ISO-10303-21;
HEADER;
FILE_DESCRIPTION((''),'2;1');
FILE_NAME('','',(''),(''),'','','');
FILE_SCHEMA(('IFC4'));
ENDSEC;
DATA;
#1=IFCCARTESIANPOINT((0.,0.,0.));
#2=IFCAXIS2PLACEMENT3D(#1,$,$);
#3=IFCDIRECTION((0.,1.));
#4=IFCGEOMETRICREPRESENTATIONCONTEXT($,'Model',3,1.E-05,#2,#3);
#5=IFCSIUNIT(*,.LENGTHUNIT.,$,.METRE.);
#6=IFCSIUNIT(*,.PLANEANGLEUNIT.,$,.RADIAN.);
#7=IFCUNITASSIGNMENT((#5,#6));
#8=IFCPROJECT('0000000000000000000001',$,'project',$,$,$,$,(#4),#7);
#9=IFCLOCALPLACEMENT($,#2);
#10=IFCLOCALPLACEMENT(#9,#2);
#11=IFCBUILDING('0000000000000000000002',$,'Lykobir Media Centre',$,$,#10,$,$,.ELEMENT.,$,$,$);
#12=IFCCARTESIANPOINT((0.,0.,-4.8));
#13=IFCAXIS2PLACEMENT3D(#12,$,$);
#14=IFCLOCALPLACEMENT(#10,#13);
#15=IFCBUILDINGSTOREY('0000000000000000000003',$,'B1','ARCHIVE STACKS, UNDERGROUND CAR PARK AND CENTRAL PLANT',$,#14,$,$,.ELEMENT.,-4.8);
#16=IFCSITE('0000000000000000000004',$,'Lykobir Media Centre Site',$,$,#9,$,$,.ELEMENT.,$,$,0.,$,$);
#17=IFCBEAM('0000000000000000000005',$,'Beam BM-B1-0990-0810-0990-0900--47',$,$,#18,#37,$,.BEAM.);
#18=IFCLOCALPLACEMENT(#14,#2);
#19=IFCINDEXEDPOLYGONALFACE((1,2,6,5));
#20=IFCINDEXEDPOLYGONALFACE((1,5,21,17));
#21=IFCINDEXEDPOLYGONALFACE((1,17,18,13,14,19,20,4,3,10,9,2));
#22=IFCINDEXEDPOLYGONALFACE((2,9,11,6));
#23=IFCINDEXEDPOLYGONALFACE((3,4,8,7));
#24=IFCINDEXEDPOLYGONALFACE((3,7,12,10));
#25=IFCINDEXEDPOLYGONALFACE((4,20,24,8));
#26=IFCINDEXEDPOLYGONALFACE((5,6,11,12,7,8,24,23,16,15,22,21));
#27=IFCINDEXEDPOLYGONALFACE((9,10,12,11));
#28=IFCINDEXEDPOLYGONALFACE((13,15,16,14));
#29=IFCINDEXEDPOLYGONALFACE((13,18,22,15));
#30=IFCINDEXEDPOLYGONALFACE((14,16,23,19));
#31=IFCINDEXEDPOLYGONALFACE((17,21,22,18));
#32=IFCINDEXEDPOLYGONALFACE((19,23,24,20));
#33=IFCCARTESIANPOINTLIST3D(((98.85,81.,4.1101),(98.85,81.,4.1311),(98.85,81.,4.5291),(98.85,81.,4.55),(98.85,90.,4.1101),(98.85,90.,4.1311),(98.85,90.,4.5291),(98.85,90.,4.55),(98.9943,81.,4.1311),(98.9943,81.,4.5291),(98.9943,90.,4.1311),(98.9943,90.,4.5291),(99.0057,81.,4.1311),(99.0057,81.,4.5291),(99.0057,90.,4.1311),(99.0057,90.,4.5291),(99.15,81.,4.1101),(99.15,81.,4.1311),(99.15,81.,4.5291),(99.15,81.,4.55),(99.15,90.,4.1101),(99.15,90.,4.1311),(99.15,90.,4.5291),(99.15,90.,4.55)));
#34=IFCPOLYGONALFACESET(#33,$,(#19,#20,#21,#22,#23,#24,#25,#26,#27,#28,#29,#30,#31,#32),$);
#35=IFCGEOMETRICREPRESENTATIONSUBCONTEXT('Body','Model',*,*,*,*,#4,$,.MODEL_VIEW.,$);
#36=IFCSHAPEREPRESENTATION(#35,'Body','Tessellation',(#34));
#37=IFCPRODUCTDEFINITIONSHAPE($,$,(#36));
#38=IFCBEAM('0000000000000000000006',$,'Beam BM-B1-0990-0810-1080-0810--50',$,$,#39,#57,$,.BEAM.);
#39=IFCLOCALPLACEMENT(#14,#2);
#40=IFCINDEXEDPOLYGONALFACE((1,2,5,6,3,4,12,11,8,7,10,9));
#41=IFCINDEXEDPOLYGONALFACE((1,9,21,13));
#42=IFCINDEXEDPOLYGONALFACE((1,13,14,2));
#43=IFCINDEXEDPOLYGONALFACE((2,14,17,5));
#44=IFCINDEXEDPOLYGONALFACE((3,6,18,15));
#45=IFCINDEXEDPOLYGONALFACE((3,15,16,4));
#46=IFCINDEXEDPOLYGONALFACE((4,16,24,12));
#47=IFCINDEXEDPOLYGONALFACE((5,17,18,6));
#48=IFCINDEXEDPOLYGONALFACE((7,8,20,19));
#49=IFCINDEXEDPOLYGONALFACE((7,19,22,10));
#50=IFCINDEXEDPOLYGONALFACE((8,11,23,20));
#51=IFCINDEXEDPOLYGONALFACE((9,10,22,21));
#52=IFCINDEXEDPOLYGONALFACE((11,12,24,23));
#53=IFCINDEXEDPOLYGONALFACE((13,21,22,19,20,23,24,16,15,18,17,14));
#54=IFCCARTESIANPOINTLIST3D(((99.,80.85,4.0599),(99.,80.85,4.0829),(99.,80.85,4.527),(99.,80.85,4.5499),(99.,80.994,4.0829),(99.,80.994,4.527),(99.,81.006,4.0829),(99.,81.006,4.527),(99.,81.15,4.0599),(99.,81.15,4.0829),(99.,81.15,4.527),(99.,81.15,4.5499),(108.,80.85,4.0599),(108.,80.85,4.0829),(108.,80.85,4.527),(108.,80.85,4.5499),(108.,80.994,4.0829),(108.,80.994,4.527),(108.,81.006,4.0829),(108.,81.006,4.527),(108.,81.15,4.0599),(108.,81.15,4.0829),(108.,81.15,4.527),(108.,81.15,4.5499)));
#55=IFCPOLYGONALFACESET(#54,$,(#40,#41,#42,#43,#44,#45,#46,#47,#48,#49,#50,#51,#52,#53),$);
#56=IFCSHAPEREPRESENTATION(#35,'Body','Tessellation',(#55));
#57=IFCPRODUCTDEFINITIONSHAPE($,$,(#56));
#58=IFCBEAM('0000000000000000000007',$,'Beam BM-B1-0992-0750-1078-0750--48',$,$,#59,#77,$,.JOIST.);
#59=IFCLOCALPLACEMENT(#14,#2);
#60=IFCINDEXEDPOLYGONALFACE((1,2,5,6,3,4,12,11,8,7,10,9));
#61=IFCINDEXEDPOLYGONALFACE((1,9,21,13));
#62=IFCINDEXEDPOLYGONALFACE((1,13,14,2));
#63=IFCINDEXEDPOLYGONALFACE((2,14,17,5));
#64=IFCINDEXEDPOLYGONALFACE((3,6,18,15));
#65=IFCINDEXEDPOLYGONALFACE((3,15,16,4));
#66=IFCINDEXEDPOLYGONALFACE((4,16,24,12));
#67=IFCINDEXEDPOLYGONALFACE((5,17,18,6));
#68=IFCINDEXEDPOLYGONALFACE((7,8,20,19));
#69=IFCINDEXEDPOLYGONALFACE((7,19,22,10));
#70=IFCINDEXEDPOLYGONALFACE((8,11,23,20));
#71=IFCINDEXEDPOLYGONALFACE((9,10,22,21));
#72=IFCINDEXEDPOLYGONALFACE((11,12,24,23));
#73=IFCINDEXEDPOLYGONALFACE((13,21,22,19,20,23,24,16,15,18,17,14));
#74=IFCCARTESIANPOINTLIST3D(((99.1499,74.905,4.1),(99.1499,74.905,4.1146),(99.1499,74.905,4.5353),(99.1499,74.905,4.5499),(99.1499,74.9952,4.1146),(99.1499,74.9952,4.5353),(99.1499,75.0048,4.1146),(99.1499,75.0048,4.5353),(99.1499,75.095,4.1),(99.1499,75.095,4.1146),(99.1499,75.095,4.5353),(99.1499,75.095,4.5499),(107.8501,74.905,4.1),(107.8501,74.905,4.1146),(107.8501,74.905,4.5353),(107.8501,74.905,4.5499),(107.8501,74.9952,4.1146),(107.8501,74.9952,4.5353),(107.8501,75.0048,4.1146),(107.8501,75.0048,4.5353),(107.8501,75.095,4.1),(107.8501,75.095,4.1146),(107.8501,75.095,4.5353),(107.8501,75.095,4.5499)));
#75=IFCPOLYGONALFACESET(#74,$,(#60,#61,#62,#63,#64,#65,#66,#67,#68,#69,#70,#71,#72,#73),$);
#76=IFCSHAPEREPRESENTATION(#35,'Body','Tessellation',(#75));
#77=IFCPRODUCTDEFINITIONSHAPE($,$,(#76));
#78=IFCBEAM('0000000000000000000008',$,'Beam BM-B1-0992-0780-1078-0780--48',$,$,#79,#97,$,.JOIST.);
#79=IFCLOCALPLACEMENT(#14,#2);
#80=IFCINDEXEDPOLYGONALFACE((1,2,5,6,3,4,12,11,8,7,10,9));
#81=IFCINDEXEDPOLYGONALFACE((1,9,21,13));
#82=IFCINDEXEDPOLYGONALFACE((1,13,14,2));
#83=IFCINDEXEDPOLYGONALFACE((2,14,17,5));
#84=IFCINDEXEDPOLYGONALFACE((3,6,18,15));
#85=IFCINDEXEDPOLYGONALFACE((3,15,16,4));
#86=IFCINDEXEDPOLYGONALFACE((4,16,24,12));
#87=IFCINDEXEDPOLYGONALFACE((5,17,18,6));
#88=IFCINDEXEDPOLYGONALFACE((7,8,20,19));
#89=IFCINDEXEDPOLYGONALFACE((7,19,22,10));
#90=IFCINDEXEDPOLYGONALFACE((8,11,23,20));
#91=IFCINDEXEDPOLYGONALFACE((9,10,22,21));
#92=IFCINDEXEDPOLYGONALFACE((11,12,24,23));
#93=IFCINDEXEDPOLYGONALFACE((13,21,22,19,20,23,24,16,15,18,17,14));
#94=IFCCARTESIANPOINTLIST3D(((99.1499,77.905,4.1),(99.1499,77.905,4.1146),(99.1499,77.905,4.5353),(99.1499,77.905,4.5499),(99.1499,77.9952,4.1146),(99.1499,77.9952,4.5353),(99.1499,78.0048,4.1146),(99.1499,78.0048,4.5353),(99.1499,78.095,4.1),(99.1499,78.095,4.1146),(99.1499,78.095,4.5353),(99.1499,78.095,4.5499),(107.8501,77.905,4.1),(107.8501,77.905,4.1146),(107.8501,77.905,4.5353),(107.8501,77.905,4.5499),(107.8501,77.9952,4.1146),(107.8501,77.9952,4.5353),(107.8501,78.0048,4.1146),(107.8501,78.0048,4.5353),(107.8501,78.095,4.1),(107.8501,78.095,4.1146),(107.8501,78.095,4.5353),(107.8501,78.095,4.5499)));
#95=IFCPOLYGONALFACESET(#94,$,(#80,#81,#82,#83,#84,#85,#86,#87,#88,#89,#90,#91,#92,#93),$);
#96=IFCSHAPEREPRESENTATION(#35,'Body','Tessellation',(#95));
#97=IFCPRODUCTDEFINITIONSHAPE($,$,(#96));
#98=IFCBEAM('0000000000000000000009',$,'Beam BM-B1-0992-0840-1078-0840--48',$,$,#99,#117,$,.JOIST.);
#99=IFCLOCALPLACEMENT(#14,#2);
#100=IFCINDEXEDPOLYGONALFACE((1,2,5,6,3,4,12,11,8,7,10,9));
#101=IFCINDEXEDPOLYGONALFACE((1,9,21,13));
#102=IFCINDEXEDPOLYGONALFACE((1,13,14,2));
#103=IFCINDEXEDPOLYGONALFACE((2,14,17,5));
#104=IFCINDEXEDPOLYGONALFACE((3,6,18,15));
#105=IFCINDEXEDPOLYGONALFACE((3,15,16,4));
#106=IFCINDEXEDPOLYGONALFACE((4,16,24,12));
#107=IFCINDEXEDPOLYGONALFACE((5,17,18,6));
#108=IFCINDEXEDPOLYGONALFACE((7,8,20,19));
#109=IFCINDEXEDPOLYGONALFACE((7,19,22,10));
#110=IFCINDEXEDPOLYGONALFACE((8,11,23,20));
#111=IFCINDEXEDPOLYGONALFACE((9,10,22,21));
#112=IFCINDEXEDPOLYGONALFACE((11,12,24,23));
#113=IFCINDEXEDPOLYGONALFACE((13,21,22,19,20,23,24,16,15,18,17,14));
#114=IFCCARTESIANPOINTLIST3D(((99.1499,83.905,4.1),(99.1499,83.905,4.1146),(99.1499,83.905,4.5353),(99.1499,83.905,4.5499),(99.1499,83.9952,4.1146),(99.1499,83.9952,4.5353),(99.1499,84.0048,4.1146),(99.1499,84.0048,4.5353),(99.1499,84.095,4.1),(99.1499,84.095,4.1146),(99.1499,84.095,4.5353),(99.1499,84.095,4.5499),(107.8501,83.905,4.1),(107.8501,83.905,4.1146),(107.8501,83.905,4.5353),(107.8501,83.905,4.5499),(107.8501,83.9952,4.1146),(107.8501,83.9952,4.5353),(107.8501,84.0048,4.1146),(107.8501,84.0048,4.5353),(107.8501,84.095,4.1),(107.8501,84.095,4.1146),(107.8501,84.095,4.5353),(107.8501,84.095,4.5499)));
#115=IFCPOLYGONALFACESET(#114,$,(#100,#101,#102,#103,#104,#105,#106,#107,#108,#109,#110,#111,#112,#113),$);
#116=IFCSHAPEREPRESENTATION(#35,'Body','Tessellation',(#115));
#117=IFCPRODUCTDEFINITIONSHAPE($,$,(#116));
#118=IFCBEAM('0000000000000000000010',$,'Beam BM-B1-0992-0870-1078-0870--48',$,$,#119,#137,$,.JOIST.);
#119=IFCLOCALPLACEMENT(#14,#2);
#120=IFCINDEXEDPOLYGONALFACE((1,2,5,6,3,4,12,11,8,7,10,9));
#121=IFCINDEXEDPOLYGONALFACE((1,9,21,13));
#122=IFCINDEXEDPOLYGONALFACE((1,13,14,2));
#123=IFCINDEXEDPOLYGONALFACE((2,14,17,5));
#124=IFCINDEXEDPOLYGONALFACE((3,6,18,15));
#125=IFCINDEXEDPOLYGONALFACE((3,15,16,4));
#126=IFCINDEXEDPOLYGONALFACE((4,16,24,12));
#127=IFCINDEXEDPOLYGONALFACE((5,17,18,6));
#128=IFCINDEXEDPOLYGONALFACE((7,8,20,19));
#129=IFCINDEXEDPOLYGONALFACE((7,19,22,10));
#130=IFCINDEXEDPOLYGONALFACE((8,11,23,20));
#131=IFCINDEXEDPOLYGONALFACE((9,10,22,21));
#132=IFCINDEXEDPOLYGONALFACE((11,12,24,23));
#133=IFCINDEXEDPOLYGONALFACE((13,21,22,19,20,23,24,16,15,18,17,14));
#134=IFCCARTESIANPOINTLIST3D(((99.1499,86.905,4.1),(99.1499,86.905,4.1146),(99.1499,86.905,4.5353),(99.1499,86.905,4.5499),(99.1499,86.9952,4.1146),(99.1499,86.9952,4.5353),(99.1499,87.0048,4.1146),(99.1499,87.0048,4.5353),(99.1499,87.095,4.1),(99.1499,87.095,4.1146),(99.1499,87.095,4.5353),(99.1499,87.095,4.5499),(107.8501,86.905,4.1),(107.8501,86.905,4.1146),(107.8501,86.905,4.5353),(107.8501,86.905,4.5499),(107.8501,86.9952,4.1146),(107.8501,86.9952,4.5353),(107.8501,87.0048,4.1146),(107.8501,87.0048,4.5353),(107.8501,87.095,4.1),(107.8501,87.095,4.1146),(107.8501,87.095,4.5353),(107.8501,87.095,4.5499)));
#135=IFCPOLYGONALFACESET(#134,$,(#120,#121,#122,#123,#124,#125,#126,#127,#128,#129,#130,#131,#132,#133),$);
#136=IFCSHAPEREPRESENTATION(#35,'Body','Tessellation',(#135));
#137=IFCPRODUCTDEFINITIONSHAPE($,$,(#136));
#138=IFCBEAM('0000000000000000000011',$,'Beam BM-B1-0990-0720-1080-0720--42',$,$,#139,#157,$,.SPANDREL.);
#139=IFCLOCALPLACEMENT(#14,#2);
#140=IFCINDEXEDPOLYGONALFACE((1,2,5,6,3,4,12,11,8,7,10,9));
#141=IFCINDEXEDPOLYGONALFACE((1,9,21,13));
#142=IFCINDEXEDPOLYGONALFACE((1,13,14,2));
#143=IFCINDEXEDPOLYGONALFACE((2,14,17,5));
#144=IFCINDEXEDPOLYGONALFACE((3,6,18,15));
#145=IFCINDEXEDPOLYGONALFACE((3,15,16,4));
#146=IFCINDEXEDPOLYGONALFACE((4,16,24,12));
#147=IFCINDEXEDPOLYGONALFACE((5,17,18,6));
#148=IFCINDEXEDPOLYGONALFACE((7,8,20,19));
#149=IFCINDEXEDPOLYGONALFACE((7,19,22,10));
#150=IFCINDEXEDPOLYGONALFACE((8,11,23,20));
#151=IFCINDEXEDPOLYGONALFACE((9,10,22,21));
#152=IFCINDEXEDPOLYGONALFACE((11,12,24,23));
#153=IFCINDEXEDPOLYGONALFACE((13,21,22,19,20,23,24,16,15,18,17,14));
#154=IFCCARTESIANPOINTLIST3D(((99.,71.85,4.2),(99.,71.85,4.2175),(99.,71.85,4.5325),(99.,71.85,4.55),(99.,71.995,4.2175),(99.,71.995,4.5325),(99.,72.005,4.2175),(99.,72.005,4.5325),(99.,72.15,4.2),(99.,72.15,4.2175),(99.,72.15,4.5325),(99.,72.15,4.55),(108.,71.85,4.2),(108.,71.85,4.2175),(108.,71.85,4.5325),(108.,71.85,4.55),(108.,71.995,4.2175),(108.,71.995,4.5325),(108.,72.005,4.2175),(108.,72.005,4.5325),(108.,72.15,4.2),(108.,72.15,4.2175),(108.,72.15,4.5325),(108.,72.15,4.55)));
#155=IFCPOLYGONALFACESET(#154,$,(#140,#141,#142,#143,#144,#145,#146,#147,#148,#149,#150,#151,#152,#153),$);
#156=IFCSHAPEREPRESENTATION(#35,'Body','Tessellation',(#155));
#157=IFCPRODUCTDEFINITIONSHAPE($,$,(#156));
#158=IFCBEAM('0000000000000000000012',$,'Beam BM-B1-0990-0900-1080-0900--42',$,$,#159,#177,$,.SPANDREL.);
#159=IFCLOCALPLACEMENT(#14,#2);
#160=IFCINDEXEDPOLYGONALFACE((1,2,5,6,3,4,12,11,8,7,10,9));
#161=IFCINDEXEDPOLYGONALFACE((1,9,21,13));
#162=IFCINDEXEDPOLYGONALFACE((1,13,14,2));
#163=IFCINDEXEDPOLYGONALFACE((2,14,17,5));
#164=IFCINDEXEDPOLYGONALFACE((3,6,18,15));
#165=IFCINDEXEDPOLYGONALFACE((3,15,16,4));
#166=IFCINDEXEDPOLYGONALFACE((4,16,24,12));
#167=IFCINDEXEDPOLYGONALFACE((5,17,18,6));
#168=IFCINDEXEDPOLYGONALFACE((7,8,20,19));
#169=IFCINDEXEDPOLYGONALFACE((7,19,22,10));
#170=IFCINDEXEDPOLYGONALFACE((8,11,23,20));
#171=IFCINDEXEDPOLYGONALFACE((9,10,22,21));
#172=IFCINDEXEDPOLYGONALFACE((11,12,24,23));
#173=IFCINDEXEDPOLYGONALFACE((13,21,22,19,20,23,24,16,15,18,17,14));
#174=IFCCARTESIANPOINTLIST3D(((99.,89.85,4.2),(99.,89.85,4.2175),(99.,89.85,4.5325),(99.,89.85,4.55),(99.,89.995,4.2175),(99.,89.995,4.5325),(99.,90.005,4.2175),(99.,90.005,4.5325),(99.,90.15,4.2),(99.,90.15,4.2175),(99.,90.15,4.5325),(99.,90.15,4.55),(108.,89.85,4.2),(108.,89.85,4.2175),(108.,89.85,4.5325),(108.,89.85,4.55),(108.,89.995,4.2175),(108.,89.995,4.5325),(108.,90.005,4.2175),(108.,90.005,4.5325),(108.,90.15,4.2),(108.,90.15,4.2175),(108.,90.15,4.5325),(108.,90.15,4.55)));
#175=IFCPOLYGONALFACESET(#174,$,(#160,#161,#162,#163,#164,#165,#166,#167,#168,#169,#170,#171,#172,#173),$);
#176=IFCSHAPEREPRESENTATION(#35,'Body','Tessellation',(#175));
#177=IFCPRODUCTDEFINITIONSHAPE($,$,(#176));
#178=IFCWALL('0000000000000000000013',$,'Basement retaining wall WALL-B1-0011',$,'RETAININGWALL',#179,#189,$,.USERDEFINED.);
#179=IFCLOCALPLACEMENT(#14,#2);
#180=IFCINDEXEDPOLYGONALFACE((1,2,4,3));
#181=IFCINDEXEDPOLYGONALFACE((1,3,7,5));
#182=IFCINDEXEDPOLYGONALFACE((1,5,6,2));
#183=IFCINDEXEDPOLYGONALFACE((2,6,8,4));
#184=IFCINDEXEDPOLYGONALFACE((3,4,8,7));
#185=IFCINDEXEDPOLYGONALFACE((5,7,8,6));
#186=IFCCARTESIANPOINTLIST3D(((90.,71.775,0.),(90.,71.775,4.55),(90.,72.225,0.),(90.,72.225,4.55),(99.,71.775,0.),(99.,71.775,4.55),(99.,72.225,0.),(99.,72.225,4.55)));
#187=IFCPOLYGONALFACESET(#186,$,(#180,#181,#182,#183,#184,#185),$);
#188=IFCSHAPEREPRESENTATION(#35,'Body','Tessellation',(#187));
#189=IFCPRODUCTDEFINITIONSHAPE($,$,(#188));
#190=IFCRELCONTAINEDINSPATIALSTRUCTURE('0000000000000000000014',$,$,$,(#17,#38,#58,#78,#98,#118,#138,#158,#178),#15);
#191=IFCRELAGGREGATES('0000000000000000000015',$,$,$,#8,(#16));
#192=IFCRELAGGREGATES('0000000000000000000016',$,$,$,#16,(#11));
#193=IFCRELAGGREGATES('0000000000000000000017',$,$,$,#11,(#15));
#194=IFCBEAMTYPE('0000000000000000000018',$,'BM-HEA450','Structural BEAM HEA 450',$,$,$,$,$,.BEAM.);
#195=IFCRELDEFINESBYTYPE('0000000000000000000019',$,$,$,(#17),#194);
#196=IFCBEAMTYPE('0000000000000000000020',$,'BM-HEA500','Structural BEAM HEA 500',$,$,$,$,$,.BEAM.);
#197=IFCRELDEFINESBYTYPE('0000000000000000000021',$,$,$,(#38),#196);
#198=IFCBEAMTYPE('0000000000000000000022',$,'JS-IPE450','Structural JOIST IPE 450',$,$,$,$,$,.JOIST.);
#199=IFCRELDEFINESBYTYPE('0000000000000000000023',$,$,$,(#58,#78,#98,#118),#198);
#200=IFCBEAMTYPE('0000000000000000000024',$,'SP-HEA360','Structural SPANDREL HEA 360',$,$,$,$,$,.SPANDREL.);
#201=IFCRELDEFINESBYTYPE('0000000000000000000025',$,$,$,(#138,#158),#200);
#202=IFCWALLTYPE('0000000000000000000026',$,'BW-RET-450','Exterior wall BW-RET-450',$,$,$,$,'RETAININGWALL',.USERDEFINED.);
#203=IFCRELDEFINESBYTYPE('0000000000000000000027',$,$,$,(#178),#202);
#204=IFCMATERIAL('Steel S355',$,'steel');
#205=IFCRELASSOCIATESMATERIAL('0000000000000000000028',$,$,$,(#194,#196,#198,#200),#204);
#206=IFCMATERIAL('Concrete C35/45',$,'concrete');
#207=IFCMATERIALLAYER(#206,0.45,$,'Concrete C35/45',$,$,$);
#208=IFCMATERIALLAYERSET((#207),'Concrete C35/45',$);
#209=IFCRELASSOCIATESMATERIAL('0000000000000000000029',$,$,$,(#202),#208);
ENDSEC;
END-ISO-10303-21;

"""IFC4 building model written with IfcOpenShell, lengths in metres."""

from ifc_helpers import new_model, si_unit, direction, frame, frame_2d, origin, origin_2d, place, context, subcontext, project, spatial, rectangle, i_section, extrude, material, layer, layer_set, material_profile, profile_set, type_object, element, save


model = new_model("IFC4")

# Units and contexts
model_context = context("Model", 3, precision=1e-05, world=origin(), true_north=direction((0.0, 1.0)))
body_context = subcontext(model_context, "Body", "Model", "MODEL_VIEW")
ifc_project = project(units=[si_unit("LENGTHUNIT", "METRE"), si_unit("PLANEANGLEUNIT", "RADIAN")], contexts=[model_context])

# Site, building, storey
site_placement = place(None, origin())
site = spatial("IfcSite", under=ifc_project, at=site_placement, Name="Lykobir Media Centre Site", CompositionType="ELEMENT", RefElevation=0.0)
building_placement = place(site_placement, origin())
building = spatial("IfcBuilding", under=site, at=building_placement, Name="Lykobir Media Centre", CompositionType="ELEMENT")
storey_placement = place(building_placement, frame((0.0, 0.0, -4.8)))
storey = spatial("IfcBuildingStorey", under=building, at=storey_placement, Name="B1", Description="ARCHIVE STACKS, UNDERGROUND CAR PARK AND CENTRAL PLANT", CompositionType="ELEMENT", Elevation=-4.8)

# Shared definitions
ifc_material_1 = material(Name="Concrete C35/45", Category="concrete")

# Beams
ifc_material_2 = material(Name="Steel S355", Category="steel")
ifc_material_profile_1 = material_profile(ifc_material_2, i_section(OverallWidth=0.3, OverallDepth=0.4399, WebThickness=0.0115, FlangeThickness=0.021, at=origin_2d()), Name="HEA 450")
ifc_profile_set_1 = profile_set([ifc_material_profile_1], Name="Steel S355")
beam_type_1 = type_object("IfcBeamType", Name="BM-HEA450", Description="Structural BEAM HEA 450", PredefinedType="BEAM", material=ifc_profile_set_1)
for number, where, z_axis, x_axis, name in (
    (1, (99.0, 81.0, 4.3301), (0.0, 1.0, 0.0), (-1.0, 0.0, 0.0), "Beam BM-B1-0990-0810-0990-0900--47"),
):
    element("IfcBeam", number, at=place(storey_placement, frame(where, z_axis=z_axis, x_axis=x_axis)), inside=storey, type_object=beam_type_1, Name=name, PredefinedType="BEAM", context=body_context, shape_type="SweptSolid", body=[
        extrude(i_section(OverallWidth=0.3, OverallDepth=0.4399, WebThickness=0.0115, FlangeThickness=0.021, at=origin_2d()), origin(), (0.0, 0.0, 1.0), 9.0),
    ])
ifc_material_profile_2 = material_profile(ifc_material_2, i_section(OverallWidth=0.3, OverallDepth=0.49, WebThickness=0.012, FlangeThickness=0.0229, at=origin_2d()), Name="HEA 500")
ifc_profile_set_2 = profile_set([ifc_material_profile_2], Name="Steel S355")
beam_type_2 = type_object("IfcBeamType", Name="BM-HEA500", Description="Structural BEAM HEA 500", PredefinedType="BEAM", material=ifc_profile_set_2)
beam_placement = place(storey_placement, frame((99.0, 81.0, 4.3049), z_axis=(1.0, 0.0, 0.0), x_axis=(0.0, 1.0, 0.0)))
element("IfcBeam", 2, at=beam_placement, inside=storey, type_object=beam_type_2, Name="Beam BM-B1-0990-0810-1080-0810--50", PredefinedType="BEAM", context=body_context, shape_type="SweptSolid", body=[
    extrude(i_section(OverallWidth=0.3, OverallDepth=0.49, WebThickness=0.012, FlangeThickness=0.0229, at=origin_2d()), origin(), (0.0, 0.0, 1.0), 9.0),
])
ifc_material_profile_3 = material_profile(ifc_material_2, i_section(OverallWidth=0.1899, OverallDepth=0.45, WebThickness=0.0095, FlangeThickness=0.0146, at=origin_2d()), Name="IPE 450")
ifc_profile_set_3 = profile_set([ifc_material_profile_3], Name="Steel S355")
beam_type_3 = type_object("IfcBeamType", Name="JS-IPE450", Description="Structural JOIST IPE 450", PredefinedType="JOIST", material=ifc_profile_set_3)
for number, where, z_axis, x_axis, name in (
    (3, (99.1499, 75.0, 4.325), (1.0, 0.0, 0.0), (0.0, 1.0, 0.0), "Beam BM-B1-0992-0750-1078-0750--48"),
    (4, (99.1499, 78.0, 4.325), (1.0, 0.0, 0.0), (0.0, 1.0, 0.0), "Beam BM-B1-0992-0780-1078-0780--48"),
    (5, (99.1499, 84.0, 4.325), (1.0, 0.0, 0.0), (0.0, 1.0, 0.0), "Beam BM-B1-0992-0840-1078-0840--48"),
    (6, (99.1499, 87.0, 4.325), (1.0, 0.0, 0.0), (0.0, 1.0, 0.0), "Beam BM-B1-0992-0870-1078-0870--48"),
):
    element("IfcBeam", number, at=place(storey_placement, frame(where, z_axis=z_axis, x_axis=x_axis)), inside=storey, type_object=beam_type_3, Name=name, PredefinedType="JOIST", context=body_context, shape_type="SweptSolid", body=[
        extrude(i_section(OverallWidth=0.1899, OverallDepth=0.45, WebThickness=0.0095, FlangeThickness=0.0146, at=origin_2d()), origin(), (0.0, 0.0, 1.0), 8.7002),
    ])
ifc_material_profile_4 = material_profile(ifc_material_2, i_section(OverallWidth=0.3, OverallDepth=0.3501, WebThickness=0.01, FlangeThickness=0.0176, at=origin_2d()), Name="HEA 360")
ifc_profile_set_4 = profile_set([ifc_material_profile_4], Name="Steel S355")
beam_type_4 = type_object("IfcBeamType", Name="SP-HEA360", Description="Structural SPANDREL HEA 360", PredefinedType="SPANDREL", material=ifc_profile_set_4)
for number, where, z_axis, x_axis, name in (
    (7, (99.0, 72.0, 4.375), (1.0, 0.0, 0.0), (0.0, 1.0, 0.0), "Beam BM-B1-0990-0720-1080-0720--42"),
    (8, (99.0, 90.0, 4.375), (1.0, 0.0, 0.0), (0.0, 1.0, 0.0), "Beam BM-B1-0990-0900-1080-0900--42"),
):
    element("IfcBeam", number, at=place(storey_placement, frame(where, z_axis=z_axis, x_axis=x_axis)), inside=storey, type_object=beam_type_4, Name=name, PredefinedType="SPANDREL", context=body_context, shape_type="SweptSolid", body=[
        extrude(i_section(OverallWidth=0.3, OverallDepth=0.3501, WebThickness=0.01, FlangeThickness=0.0176, at=origin_2d()), origin(), (0.0, 0.0, 1.0), 9.0),
    ])

# Wall
ifc_layer = layer(ifc_material_1, 0.45, Name="Concrete C35/45")
ifc_layer_set = layer_set([ifc_layer], Name="Concrete C35/45")
wall_type = type_object("IfcWallType", Name="BW-RET-450", Description="Exterior wall BW-RET-450", ElementType="RETAININGWALL", PredefinedType="USERDEFINED", material=ifc_layer_set)
wall_placement = place(storey_placement, frame((99.0, 72.0, 0.0), z_axis=(0.0, 0.0, 1.0), x_axis=(-1.0, 0.0, 0.0)))
element("IfcWall", 9, at=wall_placement, inside=storey, type_object=wall_type, Name="Basement retaining wall WALL-B1-0011", ObjectType="RETAININGWALL", PredefinedType="USERDEFINED", context=body_context, shape_type="SweptSolid", body=[
    extrude(rectangle(XDim=9.0, YDim=0.45, at=frame_2d((4.5, 0.0))), origin(), (0.0, 0.0, 1.0), 4.55),
])

save(model, "model.ifc")
